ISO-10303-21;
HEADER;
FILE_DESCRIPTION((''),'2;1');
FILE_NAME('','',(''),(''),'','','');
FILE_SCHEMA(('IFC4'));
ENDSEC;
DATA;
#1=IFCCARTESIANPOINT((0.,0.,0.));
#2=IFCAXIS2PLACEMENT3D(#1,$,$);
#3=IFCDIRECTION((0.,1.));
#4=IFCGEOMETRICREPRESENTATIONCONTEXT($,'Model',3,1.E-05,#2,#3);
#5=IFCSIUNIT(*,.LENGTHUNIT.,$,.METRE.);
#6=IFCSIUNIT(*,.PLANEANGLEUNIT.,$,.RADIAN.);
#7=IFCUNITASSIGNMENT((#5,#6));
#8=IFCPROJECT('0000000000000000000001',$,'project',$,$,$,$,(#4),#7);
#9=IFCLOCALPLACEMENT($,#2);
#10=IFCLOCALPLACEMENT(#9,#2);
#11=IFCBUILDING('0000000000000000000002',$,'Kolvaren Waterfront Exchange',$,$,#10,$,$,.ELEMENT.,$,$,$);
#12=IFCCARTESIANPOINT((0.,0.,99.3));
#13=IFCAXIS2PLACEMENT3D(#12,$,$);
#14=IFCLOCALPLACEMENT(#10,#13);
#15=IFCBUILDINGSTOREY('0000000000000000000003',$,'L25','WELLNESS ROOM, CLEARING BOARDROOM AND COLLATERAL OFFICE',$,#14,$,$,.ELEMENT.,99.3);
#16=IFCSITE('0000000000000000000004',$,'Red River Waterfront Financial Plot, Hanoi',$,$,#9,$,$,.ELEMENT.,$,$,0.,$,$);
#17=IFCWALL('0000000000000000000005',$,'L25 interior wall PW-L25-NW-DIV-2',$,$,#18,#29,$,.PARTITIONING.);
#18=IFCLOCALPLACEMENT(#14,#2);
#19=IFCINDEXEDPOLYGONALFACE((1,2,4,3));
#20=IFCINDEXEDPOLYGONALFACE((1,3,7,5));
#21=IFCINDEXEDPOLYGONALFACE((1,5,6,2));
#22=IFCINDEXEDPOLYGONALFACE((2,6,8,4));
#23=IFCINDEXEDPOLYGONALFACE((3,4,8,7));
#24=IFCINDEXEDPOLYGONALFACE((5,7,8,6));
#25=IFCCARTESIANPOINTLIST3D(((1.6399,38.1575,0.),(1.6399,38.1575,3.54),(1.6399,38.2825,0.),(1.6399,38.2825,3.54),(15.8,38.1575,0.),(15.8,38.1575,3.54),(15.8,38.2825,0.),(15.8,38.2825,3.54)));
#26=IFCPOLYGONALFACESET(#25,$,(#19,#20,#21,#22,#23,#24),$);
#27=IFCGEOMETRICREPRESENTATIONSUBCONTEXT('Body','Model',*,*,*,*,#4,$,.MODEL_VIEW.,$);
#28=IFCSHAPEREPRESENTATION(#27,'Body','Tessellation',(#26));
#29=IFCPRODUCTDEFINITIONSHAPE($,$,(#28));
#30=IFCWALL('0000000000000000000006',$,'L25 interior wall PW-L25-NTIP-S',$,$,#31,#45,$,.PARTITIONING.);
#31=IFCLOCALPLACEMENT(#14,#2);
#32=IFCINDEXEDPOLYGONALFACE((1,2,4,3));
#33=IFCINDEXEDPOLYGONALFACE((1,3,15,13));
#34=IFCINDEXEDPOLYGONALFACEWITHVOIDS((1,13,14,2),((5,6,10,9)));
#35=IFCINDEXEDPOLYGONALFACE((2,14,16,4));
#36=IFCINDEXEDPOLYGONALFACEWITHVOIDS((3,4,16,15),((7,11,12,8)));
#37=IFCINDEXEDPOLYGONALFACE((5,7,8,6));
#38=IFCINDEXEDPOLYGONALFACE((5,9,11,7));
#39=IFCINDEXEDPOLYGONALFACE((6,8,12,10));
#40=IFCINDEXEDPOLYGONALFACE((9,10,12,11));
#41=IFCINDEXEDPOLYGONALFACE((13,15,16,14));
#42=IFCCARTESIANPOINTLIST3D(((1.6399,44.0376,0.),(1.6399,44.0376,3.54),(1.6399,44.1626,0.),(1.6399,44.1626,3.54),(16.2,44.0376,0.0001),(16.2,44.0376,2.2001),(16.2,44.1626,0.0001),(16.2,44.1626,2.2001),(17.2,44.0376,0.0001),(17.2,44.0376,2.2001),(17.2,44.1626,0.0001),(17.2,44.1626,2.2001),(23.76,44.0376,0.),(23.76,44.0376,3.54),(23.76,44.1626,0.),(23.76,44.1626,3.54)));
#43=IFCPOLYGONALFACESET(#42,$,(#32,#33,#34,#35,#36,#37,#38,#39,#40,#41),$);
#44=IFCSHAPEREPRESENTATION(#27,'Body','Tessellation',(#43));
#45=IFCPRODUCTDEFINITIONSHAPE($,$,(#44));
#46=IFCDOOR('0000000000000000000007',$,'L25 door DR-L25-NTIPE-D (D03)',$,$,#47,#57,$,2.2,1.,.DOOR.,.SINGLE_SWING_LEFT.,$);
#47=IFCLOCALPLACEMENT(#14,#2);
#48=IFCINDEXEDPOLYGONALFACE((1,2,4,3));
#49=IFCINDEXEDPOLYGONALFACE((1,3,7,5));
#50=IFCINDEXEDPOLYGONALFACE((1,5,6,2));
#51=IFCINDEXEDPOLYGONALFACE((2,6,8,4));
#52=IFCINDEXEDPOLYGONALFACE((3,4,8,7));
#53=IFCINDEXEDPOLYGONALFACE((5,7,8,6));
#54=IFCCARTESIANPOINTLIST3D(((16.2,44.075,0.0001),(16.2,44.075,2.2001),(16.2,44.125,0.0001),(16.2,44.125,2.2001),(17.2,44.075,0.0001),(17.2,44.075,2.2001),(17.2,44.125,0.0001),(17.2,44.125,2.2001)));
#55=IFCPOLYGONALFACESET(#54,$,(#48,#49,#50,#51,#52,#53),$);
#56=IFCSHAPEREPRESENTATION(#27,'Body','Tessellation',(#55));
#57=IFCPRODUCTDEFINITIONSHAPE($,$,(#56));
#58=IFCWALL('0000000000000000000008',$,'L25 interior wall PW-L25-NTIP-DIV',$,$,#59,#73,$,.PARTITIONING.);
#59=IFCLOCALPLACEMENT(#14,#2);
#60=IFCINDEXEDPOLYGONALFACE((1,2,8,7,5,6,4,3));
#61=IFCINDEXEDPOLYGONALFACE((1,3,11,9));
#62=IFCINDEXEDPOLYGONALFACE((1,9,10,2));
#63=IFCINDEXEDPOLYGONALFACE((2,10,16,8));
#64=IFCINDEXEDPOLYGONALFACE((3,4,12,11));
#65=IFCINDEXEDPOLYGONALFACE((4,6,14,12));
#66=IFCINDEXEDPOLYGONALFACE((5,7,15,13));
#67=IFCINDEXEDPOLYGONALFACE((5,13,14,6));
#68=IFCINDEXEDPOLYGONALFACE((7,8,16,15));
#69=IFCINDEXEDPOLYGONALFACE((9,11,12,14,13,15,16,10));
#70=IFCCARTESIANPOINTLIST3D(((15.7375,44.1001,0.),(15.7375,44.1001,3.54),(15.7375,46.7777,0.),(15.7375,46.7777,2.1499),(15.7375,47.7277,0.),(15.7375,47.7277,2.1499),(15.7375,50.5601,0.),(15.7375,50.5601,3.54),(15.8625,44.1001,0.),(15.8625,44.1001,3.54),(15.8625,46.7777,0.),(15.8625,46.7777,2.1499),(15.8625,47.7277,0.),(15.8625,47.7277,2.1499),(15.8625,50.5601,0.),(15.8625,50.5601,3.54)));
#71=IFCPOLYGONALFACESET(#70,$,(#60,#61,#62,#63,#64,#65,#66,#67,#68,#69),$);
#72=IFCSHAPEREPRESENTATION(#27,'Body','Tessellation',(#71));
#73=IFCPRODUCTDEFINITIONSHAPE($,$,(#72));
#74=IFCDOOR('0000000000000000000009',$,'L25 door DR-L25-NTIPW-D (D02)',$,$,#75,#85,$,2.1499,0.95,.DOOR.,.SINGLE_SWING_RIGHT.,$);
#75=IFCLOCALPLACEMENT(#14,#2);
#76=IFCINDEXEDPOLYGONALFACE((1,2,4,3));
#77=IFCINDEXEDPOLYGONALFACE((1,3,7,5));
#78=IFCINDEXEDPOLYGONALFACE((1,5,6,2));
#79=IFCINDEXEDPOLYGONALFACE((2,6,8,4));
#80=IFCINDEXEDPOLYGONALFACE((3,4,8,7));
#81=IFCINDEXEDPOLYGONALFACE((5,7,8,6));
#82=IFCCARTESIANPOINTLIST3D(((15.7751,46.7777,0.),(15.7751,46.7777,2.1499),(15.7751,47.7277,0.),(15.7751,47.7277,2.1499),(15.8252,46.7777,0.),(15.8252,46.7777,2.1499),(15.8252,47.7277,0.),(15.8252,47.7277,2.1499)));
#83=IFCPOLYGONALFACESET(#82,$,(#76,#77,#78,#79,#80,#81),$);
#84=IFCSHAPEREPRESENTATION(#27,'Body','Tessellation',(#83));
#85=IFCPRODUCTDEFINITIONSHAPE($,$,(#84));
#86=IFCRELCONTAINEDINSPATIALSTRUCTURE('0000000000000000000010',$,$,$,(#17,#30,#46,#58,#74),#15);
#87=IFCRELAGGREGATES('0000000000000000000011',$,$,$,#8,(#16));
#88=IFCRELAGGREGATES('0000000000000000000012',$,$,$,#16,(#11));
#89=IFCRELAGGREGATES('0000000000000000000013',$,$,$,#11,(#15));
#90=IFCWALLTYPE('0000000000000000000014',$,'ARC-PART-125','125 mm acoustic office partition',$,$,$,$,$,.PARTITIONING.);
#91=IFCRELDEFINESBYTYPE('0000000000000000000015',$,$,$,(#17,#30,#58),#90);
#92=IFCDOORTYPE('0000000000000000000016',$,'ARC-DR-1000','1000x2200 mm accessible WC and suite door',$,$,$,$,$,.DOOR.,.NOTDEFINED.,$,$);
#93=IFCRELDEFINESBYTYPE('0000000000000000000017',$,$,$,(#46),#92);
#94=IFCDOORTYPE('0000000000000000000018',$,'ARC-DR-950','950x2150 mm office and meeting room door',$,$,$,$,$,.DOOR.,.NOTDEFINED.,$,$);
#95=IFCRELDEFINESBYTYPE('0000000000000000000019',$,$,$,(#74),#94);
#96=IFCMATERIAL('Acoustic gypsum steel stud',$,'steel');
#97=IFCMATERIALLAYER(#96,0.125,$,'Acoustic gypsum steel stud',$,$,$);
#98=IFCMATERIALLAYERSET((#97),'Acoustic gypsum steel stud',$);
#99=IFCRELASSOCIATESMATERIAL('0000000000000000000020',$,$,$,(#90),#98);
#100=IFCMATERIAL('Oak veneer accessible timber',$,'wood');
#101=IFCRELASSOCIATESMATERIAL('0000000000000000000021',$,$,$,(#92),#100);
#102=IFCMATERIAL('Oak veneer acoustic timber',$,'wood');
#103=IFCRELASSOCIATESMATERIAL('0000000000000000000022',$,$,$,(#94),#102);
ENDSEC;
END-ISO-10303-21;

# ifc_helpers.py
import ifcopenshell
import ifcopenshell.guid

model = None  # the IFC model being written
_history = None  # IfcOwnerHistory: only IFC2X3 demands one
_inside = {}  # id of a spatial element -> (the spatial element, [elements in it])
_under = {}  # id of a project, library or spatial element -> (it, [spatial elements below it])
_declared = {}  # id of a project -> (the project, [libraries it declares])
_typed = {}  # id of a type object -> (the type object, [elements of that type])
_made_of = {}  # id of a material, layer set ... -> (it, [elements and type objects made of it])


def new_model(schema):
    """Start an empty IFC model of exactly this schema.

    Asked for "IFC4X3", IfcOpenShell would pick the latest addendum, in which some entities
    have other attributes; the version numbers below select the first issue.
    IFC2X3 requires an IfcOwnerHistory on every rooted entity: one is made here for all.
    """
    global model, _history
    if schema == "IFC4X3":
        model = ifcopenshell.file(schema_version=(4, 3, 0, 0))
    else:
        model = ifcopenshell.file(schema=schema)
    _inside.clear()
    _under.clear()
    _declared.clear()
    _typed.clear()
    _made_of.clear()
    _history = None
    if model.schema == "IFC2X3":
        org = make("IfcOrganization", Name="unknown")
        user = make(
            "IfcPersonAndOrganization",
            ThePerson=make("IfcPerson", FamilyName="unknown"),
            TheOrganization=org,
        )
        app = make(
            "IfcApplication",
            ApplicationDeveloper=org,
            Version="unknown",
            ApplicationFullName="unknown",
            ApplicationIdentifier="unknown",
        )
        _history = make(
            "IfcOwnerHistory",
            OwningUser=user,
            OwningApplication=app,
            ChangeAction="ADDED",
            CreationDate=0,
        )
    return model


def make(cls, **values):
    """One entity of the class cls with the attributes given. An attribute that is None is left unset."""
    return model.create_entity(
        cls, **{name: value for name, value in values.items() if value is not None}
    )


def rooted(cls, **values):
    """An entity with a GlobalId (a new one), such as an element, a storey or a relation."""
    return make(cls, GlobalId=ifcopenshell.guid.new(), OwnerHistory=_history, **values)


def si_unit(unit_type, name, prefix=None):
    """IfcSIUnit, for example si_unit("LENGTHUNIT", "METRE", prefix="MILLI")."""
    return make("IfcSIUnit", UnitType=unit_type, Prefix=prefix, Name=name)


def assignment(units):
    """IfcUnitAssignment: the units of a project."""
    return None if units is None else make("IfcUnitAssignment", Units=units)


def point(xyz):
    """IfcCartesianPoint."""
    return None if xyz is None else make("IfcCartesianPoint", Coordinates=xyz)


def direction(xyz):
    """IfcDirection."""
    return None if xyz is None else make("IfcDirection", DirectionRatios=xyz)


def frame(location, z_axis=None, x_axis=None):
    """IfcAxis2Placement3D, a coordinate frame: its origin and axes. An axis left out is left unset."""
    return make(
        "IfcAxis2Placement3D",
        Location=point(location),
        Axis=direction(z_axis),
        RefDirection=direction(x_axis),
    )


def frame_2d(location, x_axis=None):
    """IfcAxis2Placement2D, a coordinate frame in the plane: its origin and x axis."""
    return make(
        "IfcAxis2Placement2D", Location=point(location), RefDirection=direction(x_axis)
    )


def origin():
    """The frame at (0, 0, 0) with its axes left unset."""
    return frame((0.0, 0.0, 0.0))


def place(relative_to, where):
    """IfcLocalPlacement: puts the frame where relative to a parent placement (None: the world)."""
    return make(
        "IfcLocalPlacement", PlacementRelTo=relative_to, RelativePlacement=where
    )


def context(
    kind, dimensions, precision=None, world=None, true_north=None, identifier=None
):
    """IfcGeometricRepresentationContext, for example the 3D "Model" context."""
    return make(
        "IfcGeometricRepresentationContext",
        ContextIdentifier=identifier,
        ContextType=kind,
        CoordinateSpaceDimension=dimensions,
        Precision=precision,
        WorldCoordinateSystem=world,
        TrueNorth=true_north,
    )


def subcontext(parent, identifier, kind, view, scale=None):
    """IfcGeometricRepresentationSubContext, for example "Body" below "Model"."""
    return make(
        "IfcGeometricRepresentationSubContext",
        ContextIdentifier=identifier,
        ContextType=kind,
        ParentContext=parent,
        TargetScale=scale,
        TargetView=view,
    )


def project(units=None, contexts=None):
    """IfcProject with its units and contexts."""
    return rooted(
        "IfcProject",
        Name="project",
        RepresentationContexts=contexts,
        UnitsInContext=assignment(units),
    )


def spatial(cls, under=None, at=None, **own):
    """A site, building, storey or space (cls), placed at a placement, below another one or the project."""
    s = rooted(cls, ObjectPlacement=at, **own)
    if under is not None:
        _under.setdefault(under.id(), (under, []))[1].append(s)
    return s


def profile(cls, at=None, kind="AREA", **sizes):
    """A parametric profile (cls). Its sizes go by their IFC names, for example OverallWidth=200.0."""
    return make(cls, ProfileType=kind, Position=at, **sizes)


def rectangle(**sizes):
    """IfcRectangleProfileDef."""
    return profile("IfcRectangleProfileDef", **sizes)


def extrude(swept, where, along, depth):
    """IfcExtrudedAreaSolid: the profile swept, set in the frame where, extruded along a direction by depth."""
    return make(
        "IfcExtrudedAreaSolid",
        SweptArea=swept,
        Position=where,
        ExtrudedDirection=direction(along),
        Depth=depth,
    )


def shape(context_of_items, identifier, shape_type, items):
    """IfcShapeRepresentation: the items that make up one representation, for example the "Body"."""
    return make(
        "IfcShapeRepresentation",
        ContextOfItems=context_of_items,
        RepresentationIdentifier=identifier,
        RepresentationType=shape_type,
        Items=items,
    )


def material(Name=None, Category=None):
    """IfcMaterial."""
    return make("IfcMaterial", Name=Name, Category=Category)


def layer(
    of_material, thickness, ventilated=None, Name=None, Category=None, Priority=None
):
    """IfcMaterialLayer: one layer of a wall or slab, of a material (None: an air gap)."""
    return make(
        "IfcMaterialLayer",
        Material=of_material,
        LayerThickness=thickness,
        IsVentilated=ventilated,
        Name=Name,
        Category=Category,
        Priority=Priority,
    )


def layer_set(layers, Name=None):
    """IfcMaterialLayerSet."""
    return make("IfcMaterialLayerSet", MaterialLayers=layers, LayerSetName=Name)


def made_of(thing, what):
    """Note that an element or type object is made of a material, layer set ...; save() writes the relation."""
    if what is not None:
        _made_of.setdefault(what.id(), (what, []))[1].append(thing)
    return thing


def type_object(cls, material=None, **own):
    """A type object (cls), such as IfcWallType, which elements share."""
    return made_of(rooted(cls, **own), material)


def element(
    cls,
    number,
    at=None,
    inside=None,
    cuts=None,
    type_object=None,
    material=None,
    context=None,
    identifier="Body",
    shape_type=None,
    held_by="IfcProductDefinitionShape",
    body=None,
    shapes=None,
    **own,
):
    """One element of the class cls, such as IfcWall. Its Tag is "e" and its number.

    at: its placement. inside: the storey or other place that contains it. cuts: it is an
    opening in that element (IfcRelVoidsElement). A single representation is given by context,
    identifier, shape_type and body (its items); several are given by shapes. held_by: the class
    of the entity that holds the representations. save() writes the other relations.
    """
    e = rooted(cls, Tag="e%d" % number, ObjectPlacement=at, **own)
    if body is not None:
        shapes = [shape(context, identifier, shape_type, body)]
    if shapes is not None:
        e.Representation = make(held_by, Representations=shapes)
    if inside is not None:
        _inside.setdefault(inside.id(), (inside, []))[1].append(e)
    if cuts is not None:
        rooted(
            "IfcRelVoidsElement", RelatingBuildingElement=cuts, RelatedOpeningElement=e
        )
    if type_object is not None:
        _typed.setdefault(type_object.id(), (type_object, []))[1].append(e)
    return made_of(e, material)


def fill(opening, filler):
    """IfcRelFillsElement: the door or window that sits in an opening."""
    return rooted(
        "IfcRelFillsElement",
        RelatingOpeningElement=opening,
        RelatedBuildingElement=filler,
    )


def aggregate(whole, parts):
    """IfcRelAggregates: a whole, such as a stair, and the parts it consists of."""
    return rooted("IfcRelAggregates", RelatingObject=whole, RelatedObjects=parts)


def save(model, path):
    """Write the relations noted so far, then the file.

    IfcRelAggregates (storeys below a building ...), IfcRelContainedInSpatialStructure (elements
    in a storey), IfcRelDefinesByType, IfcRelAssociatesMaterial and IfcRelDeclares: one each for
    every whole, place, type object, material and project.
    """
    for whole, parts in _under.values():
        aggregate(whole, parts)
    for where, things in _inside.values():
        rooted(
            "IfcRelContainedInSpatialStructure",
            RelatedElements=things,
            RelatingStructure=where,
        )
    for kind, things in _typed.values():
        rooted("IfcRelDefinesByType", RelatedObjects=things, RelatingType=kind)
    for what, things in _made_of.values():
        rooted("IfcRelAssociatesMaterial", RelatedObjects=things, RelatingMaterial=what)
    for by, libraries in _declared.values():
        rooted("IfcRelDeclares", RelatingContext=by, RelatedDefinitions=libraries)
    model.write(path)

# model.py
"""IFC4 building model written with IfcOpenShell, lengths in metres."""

from ifc_helpers import new_model, si_unit, direction, frame, frame_2d, origin, place, context, subcontext, project, spatial, rectangle, extrude, material, layer, layer_set, type_object, element, fill, save


model = new_model("IFC4")

# Units and contexts
model_context = context("Model", 3, precision=1e-05, world=origin(), true_north=direction((0.0, 1.0)))
body_context = subcontext(model_context, "Body", "Model", "MODEL_VIEW")
ifc_project = project(units=[si_unit("LENGTHUNIT", "METRE"), si_unit("PLANEANGLEUNIT", "RADIAN")], contexts=[model_context])

# Site, building, storey
site_placement = place(None, origin())
site = spatial("IfcSite", under=ifc_project, at=site_placement, Name="Red River Waterfront Financial Plot, Hanoi", CompositionType="ELEMENT", RefElevation=0.0)
building_placement = place(site_placement, origin())
building = spatial("IfcBuilding", under=site, at=building_placement, Name="Kolvaren Waterfront Exchange", CompositionType="ELEMENT")
storey_placement = place(building_placement, frame((0.0, 0.0, 99.3)))
storey = spatial("IfcBuildingStorey", under=building, at=storey_placement, Name="L25", Description="WELLNESS ROOM, CLEARING BOARDROOM AND COLLATERAL OFFICE", CompositionType="ELEMENT", Elevation=99.3)

# Wall
ifc_material_1 = material(Name="Acoustic gypsum steel stud", Category="steel")
ifc_layer_1 = layer(ifc_material_1, 0.125, Name="Acoustic gypsum steel stud")
ifc_layer_set_1 = layer_set([ifc_layer_1], Name="Acoustic gypsum steel stud")
wall_type_1 = type_object("IfcWallType", Name="ARC-PART-125", Description="125 mm acoustic office partition", PredefinedType="PARTITIONING", material=ifc_layer_set_1)
wall_1_placement = place(storey_placement, frame((1.6399, 38.22, 0.0), z_axis=(0.0, 0.0, 1.0), x_axis=(1.0, 0.0, 0.0)))
element("IfcWall", 1, at=wall_1_placement, inside=storey, type_object=wall_type_1, Name="L25 interior wall PW-L25-NW-DIV-2", PredefinedType="PARTITIONING", context=body_context, shape_type="SweptSolid", body=[
    extrude(rectangle(XDim=14.1602, YDim=0.125, at=frame_2d((7.0801, 0.0))), origin(), (0.0, 0.0, 1.0), 3.54),
])

# Walls, openings, doors
wall_2_placement = place(storey_placement, frame((1.6399, 44.1001, 0.0), z_axis=(0.0, 0.0, 1.0), x_axis=(1.0, 0.0, 0.0)))
wall_2 = element("IfcWall", 2, at=wall_2_placement, inside=storey, type_object=wall_type_1, Name="L25 interior wall PW-L25-NTIP-S", PredefinedType="PARTITIONING", context=body_context, shape_type="SweptSolid", body=[
    extrude(rectangle(XDim=22.1201, YDim=0.125, at=frame_2d((11.0601, 0.0))), origin(), (0.0, 0.0, 1.0), 3.54),
])
opening_1_placement = place(wall_2_placement, frame((14.5601, 0.0, 0.0)))
opening_1 = element("IfcOpeningElement", 3, at=opening_1_placement, cuts=wall_2, PredefinedType="OPENING", context=body_context, shape_type="SweptSolid", body=[
    extrude(rectangle(XDim=1.0, YDim=2.2, at=frame_2d((0.5, 1.1001))), frame((0.0, 0.0725, 0.0), z_axis=(0.0, -1.0, 0.0), x_axis=(1.0, 0.0, 0.0)), (0.0, 0.0, 1.0), 0.145),
])
ifc_material_2 = material(Name="Oak veneer accessible timber", Category="wood")
door_type_1 = type_object("IfcDoorType", Name="ARC-DR-1000", Description="1000x2200 mm accessible WC and suite door", OperationType="NOTDEFINED", PredefinedType="DOOR", material=ifc_material_2)
door_1_placement = place(opening_1_placement, origin())
door_1 = element("IfcDoor", 4, at=door_1_placement, inside=storey, type_object=door_type_1, Name="L25 door DR-L25-NTIPE-D (D03)", OperationType="SINGLE_SWING_LEFT", OverallHeight=2.2, OverallWidth=1.0, PredefinedType="DOOR", context=body_context, shape_type="SweptSolid", body=[
    extrude(rectangle(XDim=1.0, YDim=2.2, at=frame_2d((0.5, 1.1001))), frame((0.0, 0.0249, 0.0), z_axis=(0.0, -1.0, 0.0), x_axis=(1.0, 0.0, 0.0)), (0.0, 0.0, 1.0), 0.05),
])
fill(opening_1, door_1)
wall_3_placement = place(storey_placement, frame((15.8, 44.1001, 0.0), z_axis=(0.0, 0.0, 1.0), x_axis=(0.0, 1.0, 0.0)))
wall_3 = element("IfcWall", 5, at=wall_3_placement, inside=storey, type_object=wall_type_1, Name="L25 interior wall PW-L25-NTIP-DIV", PredefinedType="PARTITIONING", context=body_context, shape_type="SweptSolid", body=[
    extrude(rectangle(XDim=6.46, YDim=0.125, at=frame_2d((3.23, 0.0))), origin(), (0.0, 0.0, 1.0), 3.54),
])
opening_2_placement = place(wall_3_placement, frame((2.6775, 0.0, 0.0)))
opening_2 = element("IfcOpeningElement", 6, at=opening_2_placement, cuts=wall_3, PredefinedType="OPENING", context=body_context, shape_type="SweptSolid", body=[
    extrude(rectangle(XDim=0.95, YDim=2.1499, at=frame_2d((0.4751, 1.075))), frame((0.0, 0.0725, 0.0), z_axis=(0.0, -1.0, 0.0), x_axis=(1.0, 0.0, 0.0)), (0.0, 0.0, 1.0), 0.145),
])
ifc_material_3 = material(Name="Oak veneer acoustic timber", Category="wood")
door_type_2 = type_object("IfcDoorType", Name="ARC-DR-950", Description="950x2150 mm office and meeting room door", OperationType="NOTDEFINED", PredefinedType="DOOR", material=ifc_material_3)
door_2_placement = place(opening_2_placement, origin())
door_2 = element("IfcDoor", 7, at=door_2_placement, inside=storey, type_object=door_type_2, Name="L25 door DR-L25-NTIPW-D (D02)", OperationType="SINGLE_SWING_RIGHT", OverallHeight=2.1499, OverallWidth=0.95, PredefinedType="DOOR", context=body_context, shape_type="SweptSolid", body=[
    extrude(rectangle(XDim=0.95, YDim=2.1499, at=frame_2d((0.4751, 1.075))), frame((0.0, 0.0249, 0.0), z_axis=(0.0, -1.0, 0.0), x_axis=(1.0, 0.0, 0.0)), (0.0, 0.0, 1.0), 0.05),
])
fill(opening_2, door_2)

save(model, "model.ifc")
